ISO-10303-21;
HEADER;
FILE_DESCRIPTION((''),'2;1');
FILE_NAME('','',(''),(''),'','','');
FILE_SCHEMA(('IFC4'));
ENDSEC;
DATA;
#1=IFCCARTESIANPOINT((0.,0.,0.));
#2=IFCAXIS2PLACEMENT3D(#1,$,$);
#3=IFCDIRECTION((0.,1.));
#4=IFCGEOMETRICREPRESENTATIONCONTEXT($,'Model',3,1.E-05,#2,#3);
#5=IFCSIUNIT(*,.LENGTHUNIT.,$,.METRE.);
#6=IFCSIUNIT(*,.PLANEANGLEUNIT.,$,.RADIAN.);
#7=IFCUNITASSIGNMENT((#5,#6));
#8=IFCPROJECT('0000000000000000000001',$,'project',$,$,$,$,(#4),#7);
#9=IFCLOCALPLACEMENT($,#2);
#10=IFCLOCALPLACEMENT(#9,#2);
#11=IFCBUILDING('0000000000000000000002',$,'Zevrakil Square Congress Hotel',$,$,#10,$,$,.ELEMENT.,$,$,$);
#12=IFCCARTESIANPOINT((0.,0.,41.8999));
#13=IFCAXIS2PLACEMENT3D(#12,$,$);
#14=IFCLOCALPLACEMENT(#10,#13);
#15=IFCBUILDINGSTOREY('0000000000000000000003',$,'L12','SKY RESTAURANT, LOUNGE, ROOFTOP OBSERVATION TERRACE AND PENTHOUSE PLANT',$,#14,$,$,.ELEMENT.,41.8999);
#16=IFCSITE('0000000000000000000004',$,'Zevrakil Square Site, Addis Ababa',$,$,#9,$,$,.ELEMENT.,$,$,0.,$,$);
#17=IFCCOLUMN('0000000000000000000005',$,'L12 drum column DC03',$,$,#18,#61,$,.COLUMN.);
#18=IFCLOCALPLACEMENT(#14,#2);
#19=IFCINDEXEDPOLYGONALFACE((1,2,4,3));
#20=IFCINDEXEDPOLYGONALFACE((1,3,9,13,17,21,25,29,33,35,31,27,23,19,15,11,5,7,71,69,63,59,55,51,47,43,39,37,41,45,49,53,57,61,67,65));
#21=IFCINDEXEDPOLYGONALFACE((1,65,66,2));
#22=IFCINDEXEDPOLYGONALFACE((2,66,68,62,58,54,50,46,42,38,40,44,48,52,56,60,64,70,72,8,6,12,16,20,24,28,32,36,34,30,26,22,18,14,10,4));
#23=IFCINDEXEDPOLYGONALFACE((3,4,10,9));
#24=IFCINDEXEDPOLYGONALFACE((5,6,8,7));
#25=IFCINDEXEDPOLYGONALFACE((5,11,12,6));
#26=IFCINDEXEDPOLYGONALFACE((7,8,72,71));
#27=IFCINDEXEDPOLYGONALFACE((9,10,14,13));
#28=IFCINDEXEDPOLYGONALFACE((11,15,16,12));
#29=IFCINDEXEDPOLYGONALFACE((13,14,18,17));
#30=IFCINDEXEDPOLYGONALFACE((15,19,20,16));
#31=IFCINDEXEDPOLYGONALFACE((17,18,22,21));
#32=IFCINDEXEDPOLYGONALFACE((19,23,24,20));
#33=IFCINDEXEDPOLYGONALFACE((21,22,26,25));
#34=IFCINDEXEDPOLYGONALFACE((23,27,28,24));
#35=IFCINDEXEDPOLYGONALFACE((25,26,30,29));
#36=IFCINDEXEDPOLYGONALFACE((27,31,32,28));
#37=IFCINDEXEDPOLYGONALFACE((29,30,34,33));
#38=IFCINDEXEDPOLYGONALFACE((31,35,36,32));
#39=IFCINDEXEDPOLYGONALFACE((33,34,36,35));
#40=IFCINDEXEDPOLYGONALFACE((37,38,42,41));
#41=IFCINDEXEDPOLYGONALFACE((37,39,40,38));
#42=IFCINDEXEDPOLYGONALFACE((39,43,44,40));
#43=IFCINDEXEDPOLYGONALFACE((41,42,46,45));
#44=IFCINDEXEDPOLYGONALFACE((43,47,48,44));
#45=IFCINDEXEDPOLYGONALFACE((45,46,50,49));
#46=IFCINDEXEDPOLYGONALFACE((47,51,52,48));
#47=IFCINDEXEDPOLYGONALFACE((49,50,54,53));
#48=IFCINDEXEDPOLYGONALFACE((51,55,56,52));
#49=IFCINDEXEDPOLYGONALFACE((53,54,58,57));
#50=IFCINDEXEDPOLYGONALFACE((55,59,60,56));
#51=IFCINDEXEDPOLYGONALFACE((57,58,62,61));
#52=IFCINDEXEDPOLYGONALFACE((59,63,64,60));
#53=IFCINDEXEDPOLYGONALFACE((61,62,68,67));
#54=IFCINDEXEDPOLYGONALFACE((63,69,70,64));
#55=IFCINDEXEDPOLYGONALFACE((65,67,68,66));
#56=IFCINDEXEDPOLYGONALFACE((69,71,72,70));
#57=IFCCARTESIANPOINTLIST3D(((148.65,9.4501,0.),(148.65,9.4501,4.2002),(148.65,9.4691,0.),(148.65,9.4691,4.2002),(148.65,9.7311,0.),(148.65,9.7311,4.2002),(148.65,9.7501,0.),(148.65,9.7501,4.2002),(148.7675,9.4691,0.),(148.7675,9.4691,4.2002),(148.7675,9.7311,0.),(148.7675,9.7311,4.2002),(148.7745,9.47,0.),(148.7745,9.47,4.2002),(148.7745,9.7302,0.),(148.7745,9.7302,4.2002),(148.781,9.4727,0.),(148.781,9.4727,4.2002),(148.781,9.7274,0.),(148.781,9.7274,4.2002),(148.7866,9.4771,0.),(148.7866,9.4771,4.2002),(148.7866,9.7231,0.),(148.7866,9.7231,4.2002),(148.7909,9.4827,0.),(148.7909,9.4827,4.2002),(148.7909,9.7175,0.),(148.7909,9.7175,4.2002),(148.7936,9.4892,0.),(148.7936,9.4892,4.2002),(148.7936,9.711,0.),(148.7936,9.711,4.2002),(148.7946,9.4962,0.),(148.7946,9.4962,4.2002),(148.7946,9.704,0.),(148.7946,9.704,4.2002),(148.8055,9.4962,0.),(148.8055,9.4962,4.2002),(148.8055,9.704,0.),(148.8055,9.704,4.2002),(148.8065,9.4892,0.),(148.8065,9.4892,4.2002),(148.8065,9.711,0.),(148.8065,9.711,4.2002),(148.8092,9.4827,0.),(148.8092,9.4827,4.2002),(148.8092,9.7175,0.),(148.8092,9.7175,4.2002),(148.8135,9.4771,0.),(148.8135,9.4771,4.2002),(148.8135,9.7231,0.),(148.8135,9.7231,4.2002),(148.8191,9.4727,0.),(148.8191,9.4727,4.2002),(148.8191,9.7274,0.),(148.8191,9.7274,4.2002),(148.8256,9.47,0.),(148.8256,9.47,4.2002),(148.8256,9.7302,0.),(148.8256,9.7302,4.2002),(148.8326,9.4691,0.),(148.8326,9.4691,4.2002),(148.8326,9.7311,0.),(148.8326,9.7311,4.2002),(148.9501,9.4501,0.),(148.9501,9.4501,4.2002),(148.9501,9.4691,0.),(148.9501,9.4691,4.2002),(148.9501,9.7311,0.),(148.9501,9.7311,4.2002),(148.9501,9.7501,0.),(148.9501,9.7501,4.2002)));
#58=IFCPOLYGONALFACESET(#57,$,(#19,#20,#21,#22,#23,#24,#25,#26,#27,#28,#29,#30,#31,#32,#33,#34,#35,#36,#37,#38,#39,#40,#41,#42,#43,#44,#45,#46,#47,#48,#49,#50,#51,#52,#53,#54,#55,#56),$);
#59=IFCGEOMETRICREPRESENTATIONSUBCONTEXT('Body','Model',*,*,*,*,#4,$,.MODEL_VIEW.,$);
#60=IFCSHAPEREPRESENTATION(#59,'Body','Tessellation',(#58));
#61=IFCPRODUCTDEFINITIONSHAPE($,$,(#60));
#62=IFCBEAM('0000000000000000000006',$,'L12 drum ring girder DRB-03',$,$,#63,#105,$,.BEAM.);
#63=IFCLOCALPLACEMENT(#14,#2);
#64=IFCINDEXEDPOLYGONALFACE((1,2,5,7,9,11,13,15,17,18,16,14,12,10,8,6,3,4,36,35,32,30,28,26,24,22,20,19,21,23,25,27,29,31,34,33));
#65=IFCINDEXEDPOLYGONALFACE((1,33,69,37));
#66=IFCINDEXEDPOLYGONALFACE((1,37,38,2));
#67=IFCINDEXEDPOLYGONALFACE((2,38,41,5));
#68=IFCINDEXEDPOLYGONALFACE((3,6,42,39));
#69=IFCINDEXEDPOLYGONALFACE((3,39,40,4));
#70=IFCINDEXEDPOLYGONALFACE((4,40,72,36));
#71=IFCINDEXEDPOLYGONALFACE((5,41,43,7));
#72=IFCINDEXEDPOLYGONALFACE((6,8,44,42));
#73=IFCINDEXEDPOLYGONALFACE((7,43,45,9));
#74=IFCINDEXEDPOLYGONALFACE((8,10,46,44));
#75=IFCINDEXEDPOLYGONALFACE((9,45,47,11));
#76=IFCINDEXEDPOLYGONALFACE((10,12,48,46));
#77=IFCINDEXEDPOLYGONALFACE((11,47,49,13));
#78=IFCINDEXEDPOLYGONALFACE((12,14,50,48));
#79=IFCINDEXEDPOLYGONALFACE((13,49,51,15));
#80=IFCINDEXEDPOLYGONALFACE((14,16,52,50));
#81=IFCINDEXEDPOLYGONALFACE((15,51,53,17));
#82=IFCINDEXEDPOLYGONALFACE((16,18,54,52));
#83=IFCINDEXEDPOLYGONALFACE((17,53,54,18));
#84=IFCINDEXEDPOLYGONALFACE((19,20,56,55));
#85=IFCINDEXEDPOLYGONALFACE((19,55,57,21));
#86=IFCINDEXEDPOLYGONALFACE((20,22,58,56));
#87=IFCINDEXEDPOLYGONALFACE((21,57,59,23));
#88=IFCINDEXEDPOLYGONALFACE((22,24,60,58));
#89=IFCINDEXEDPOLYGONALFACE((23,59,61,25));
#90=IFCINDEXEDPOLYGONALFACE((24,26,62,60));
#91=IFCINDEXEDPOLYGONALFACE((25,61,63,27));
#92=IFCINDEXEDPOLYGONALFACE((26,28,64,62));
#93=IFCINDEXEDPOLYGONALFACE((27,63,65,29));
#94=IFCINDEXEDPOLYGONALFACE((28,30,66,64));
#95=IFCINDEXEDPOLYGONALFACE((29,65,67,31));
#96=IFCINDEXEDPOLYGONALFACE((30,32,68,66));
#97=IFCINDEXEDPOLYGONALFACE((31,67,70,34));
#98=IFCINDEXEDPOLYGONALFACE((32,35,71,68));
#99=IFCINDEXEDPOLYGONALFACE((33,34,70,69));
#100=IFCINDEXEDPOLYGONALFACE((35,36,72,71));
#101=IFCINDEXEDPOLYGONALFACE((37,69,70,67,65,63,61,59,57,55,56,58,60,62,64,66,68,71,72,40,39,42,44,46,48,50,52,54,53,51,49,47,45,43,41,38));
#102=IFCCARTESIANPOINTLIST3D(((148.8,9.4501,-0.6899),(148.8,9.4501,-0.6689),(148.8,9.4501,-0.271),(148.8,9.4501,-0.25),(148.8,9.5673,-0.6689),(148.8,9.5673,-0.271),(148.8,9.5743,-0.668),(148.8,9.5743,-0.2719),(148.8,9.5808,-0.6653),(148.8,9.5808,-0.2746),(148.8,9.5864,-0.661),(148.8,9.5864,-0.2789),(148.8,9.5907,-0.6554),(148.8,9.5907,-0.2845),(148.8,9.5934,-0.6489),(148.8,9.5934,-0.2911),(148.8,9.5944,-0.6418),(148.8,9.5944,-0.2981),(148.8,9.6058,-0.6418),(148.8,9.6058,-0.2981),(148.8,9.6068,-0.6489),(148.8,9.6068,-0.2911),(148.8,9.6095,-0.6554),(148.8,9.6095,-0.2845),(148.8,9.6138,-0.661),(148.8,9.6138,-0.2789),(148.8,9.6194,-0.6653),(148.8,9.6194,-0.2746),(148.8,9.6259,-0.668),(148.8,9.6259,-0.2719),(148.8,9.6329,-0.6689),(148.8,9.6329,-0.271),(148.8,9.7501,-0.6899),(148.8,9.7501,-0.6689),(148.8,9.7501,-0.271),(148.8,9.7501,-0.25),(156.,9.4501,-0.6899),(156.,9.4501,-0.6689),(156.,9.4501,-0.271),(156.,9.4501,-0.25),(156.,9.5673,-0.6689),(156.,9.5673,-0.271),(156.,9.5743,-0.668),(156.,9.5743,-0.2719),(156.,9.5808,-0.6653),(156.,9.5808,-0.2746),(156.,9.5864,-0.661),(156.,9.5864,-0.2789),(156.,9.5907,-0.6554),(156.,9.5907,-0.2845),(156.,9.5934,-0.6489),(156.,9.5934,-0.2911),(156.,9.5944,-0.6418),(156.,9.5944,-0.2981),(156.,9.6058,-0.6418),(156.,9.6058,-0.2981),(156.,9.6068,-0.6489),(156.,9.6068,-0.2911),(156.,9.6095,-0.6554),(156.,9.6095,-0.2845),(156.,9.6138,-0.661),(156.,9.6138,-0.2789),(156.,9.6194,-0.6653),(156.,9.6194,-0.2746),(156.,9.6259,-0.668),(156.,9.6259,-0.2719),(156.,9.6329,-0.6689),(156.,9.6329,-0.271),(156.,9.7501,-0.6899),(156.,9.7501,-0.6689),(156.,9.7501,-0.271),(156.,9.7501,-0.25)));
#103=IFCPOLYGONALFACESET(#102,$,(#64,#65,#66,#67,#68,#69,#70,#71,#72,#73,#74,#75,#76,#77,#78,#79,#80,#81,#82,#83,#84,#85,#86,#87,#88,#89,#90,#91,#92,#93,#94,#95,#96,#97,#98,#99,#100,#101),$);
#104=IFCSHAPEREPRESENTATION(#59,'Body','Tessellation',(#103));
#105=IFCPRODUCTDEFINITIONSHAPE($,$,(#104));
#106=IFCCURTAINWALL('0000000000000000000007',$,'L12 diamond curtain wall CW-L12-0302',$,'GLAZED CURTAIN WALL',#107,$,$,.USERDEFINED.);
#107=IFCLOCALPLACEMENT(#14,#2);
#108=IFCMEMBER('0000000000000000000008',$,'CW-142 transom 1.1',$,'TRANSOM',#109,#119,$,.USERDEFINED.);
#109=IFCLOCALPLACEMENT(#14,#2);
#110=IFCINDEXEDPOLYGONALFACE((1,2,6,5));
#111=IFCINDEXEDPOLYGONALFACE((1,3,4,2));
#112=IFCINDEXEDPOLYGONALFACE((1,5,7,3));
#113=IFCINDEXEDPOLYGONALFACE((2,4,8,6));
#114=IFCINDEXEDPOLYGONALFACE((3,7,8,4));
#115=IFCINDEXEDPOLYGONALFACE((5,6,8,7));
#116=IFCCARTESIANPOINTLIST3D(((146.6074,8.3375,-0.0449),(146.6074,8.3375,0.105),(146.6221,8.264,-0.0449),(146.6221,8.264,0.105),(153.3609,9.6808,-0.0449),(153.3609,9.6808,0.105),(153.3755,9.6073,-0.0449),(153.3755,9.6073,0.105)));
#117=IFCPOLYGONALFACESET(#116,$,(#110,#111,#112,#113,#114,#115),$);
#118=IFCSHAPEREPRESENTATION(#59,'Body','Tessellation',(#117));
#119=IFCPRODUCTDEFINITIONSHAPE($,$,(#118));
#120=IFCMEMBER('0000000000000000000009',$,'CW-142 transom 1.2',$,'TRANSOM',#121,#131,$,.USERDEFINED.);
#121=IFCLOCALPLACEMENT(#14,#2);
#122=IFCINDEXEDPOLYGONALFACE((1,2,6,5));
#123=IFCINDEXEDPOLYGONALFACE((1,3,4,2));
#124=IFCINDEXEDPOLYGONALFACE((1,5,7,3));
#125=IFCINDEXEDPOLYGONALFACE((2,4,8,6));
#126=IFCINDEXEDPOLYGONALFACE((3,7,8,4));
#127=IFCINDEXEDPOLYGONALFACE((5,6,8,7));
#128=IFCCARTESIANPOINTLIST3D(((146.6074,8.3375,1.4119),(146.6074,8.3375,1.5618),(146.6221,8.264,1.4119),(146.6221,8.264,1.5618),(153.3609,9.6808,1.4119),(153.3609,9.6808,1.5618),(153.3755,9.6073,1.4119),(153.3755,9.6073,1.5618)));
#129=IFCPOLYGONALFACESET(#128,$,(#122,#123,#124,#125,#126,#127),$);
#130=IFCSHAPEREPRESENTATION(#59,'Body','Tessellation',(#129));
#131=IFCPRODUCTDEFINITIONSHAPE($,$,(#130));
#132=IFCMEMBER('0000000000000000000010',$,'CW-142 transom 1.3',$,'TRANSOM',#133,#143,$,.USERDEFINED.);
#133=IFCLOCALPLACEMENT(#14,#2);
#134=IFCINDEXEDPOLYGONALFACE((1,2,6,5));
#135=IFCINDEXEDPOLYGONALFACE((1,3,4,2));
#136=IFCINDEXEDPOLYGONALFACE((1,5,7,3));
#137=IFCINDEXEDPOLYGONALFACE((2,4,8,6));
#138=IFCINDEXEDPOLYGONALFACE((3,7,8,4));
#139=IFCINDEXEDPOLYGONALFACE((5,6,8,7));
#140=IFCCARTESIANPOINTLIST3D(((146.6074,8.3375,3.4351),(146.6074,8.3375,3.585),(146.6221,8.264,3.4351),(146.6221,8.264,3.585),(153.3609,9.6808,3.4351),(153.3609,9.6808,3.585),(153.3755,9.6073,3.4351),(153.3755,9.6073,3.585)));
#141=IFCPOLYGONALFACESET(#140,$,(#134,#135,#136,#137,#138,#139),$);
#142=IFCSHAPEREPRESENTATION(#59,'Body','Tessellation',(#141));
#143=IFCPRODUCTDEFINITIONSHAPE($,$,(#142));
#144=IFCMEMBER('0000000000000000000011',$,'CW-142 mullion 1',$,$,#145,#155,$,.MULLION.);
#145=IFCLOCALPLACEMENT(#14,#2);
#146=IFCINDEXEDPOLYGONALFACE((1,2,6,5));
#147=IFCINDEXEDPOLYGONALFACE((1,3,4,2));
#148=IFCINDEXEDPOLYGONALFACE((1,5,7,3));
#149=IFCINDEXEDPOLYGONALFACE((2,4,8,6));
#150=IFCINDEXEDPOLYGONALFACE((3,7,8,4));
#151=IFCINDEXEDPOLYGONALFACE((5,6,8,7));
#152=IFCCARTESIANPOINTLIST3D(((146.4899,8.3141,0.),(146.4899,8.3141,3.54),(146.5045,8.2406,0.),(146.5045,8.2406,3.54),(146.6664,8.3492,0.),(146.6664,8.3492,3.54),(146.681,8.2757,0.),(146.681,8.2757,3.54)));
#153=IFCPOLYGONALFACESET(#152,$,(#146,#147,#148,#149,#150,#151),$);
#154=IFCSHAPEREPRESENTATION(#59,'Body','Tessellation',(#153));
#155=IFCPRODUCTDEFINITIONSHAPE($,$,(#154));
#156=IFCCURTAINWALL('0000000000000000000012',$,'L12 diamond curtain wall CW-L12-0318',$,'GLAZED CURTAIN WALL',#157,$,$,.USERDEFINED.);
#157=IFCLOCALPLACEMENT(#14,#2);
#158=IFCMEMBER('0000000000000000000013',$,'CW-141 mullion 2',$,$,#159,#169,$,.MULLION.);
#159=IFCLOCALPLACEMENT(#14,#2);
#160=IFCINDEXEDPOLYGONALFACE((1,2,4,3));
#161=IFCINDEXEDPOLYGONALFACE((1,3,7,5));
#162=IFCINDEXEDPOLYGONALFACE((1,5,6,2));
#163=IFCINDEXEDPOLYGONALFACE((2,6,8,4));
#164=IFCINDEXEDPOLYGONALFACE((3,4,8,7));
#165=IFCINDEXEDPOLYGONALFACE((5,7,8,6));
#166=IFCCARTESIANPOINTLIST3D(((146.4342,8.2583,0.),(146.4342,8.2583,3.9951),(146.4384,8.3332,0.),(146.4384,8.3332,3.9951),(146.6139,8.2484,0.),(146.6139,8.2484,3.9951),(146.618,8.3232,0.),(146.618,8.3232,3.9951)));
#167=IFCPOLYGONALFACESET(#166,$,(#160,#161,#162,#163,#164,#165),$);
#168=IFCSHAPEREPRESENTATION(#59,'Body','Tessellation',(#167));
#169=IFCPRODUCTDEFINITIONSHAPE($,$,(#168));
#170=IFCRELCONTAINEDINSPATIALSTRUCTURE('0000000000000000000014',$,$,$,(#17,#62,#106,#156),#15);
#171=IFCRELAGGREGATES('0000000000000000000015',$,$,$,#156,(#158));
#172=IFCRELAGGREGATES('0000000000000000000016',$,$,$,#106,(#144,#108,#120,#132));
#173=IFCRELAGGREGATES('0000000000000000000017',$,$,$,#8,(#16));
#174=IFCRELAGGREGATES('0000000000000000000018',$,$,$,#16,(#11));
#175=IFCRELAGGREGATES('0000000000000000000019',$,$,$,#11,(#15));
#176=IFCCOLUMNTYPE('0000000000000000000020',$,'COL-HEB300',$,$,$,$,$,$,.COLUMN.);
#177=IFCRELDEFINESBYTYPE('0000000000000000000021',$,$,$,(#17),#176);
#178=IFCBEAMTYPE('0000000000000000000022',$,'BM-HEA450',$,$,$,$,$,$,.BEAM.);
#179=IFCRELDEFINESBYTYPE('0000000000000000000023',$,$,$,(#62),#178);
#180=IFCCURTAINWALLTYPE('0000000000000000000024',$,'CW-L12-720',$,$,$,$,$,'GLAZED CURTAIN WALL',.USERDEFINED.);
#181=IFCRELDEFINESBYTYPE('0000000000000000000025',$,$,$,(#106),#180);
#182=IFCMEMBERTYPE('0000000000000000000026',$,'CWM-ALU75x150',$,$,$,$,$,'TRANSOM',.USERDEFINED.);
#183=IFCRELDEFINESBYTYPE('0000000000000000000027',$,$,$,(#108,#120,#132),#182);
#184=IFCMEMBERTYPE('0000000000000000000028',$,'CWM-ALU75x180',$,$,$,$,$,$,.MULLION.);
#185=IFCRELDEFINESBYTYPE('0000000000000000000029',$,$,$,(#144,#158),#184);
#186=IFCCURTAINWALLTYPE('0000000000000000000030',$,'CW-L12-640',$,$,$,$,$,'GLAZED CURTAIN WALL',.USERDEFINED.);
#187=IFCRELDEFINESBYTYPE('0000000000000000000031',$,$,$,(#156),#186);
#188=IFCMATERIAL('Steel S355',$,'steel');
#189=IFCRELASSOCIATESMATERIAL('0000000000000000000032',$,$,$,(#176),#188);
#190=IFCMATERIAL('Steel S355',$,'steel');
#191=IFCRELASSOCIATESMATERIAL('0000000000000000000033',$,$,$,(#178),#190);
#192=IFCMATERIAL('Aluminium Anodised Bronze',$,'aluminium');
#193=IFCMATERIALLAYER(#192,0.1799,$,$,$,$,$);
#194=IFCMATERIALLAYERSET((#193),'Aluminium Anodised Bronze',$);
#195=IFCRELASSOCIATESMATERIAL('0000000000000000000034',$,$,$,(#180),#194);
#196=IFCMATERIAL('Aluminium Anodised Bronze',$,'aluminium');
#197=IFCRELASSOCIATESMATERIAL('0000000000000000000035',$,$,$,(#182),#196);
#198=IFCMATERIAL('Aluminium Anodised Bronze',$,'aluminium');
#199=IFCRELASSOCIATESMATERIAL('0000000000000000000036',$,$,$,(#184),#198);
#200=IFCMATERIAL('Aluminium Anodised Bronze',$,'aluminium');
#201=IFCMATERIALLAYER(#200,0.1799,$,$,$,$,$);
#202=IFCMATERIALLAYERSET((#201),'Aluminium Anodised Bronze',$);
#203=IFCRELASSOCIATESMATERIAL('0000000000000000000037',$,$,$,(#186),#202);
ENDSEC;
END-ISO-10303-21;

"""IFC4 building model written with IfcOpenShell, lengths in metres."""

from ifc_helpers import new_model, si_unit, direction, frame, origin, origin_2d, place, context, subcontext, project, spatial, rectangle, i_section, extrude, material, layer, layer_set, material_profile, profile_set, type_object, element, aggregate, save


model = new_model("IFC4")

# Units and contexts
model_context = context("Model", 3, precision=1e-05, world=origin(), true_north=direction((0.0, 1.0)))
body_context = subcontext(model_context, "Body", "Model", "MODEL_VIEW")
ifc_project = project(units=[si_unit("LENGTHUNIT", "METRE"), si_unit("PLANEANGLEUNIT", "RADIAN")], contexts=[model_context])

# Site, building, storey
site_placement = place(None, origin())
site = spatial("IfcSite", under=ifc_project, at=site_placement, Name="Zevrakil Square Site, Addis Ababa", CompositionType="ELEMENT", RefElevation=0.0)
building_placement = place(site_placement, origin())
building = spatial("IfcBuilding", under=site, at=building_placement, Name="Zevrakil Square Congress Hotel", CompositionType="ELEMENT")
storey_placement = place(building_placement, frame((0.0, 0.0, 41.8999)))
storey = spatial("IfcBuildingStorey", under=building, at=storey_placement, Name="L12", Description="SKY RESTAURANT, LOUNGE, ROOFTOP OBSERVATION TERRACE AND PENTHOUSE PLANT", CompositionType="ELEMENT", Elevation=41.8999)

# Column
ifc_material_1 = material(Name="Steel S355", Category="steel")
ifc_material_profile_1 = material_profile(ifc_material_1, i_section(OverallWidth=0.3, OverallDepth=0.3, WebThickness=0.011, FlangeThickness=0.019, FilletRadius=0.0271, at=origin_2d()), Name="HEB 300")
ifc_profile_set_1 = profile_set([ifc_material_profile_1], Name="Steel S355")
column_type = type_object("IfcColumnType", Name="COL-HEB300", PredefinedType="COLUMN", material=ifc_profile_set_1)
column_placement = place(storey_placement, frame((148.8, 9.6001, 0.0), z_axis=(0.0, 0.0, 1.0), x_axis=(1.0, 0.0, 0.0)))
element("IfcColumn", 1, at=column_placement, inside=storey, type_object=column_type, Name="L12 drum column DC03", PredefinedType="COLUMN", context=body_context, shape_type="SweptSolid", body=[
    extrude(i_section(OverallWidth=0.3, OverallDepth=0.3, WebThickness=0.011, FlangeThickness=0.019, FilletRadius=0.0271, at=origin_2d()), origin(), (0.0, 0.0, 1.0), 4.2002),
])

# Beam
ifc_material_2 = material(Name="Steel S355", Category="steel")
ifc_material_profile_2 = material_profile(ifc_material_2, i_section(OverallWidth=0.3, OverallDepth=0.4399, WebThickness=0.0115, FlangeThickness=0.021, FilletRadius=0.0271, at=origin_2d()), Name="HEA 450")
ifc_profile_set_2 = profile_set([ifc_material_profile_2], Name="Steel S355")
beam_type_1 = type_object("IfcBeamType", Name="BM-HEA450", PredefinedType="BEAM", material=ifc_profile_set_2)
beam_1_placement = place(storey_placement, frame((148.8, 9.6001, -0.47), z_axis=(1.0, 0.0, 0.0), x_axis=(0.0, 1.0, 0.0)))
element("IfcBeam", 2, at=beam_1_placement, inside=storey, type_object=beam_type_1, Name="L12 drum ring girder DRB-03", PredefinedType="BEAM", context=body_context, shape_type="SweptSolid", body=[
    extrude(i_section(OverallWidth=0.3, OverallDepth=0.4399, WebThickness=0.0115, FlangeThickness=0.021, FilletRadius=0.0271, at=origin_2d()), origin(), (0.0, 0.0, 1.0), 7.2),
])

# Curtain wall, members
ifc_material_3 = material(Name="Aluminium Anodised Bronze", Category="aluminium")
ifc_layer_1 = layer(ifc_material_3, 0.1799)
ifc_layer_set_1 = layer_set([ifc_layer_1], Name="Aluminium Anodised Bronze")
curtain_wall_type_1 = type_object("IfcCurtainWallType", Name="CW-L12-720", ElementType="GLAZED CURTAIN WALL", PredefinedType="USERDEFINED", material=ifc_layer_set_1)
curtain_wall_1_placement = place(storey_placement, origin())
curtain_wall_1 = element("IfcCurtainWall", 3, at=curtain_wall_1_placement, inside=storey, type_object=curtain_wall_type_1, Name="L12 diamond curtain wall CW-L12-0302", ObjectType="GLAZED CURTAIN WALL", PredefinedType="USERDEFINED")
ifc_material_4 = material(Name="Aluminium Anodised Bronze", Category="aluminium")
ifc_material_profile_3 = material_profile(ifc_material_4, rectangle(XDim=0.075, YDim=0.1499, at=origin_2d()), Name="ALU 75x150")
ifc_profile_set_3 = profile_set([ifc_material_profile_3], Name="Aluminium Anodised Bronze")
member_type_1 = type_object("IfcMemberType", Name="CWM-ALU75x150", ElementType="TRANSOM", PredefinedType="USERDEFINED", material=ifc_profile_set_3)
member_1_placement = place(storey_placement, frame((146.6147, 8.3008, 0.03), z_axis=(0.980787, 0.19508, 0.0), x_axis=(-0.19508, 0.980787, 0.0)))
member_1 = element("IfcMember", 4, at=member_1_placement, type_object=member_type_1, Name="CW-142 transom 1.1", ObjectType="TRANSOM", PredefinedType="USERDEFINED", context=body_context, shape_type="SweptSolid", body=[
    extrude(rectangle(XDim=0.075, YDim=0.1499, at=origin_2d()), origin(), (0.0, 0.0, 1.0), 6.8857),
])
member_2_placement = place(storey_placement, frame((146.6147, 8.3008, 1.4868), z_axis=(0.980787, 0.19508, 0.0), x_axis=(-0.19508, 0.980787, 0.0)))
member_2 = element("IfcMember", 5, at=member_2_placement, type_object=member_type_1, Name="CW-142 transom 1.2", ObjectType="TRANSOM", PredefinedType="USERDEFINED", context=body_context, shape_type="SweptSolid", body=[
    extrude(rectangle(XDim=0.075, YDim=0.1499, at=origin_2d()), origin(), (0.0, 0.0, 1.0), 6.8857),
])
member_3_placement = place(storey_placement, frame((146.6147, 8.3008, 3.51), z_axis=(0.980787, 0.19508, 0.0), x_axis=(-0.19508, 0.980787, 0.0)))
member_3 = element("IfcMember", 6, at=member_3_placement, type_object=member_type_1, Name="CW-142 transom 1.3", ObjectType="TRANSOM", PredefinedType="USERDEFINED", context=body_context, shape_type="SweptSolid", body=[
    extrude(rectangle(XDim=0.075, YDim=0.1499, at=origin_2d()), origin(), (0.0, 0.0, 1.0), 6.8857),
])
ifc_material_5 = material(Name="Aluminium Anodised Bronze", Category="aluminium")
ifc_material_profile_4 = material_profile(ifc_material_5, rectangle(XDim=0.075, YDim=0.1799, at=origin_2d()), Name="ALU 75x180")
ifc_profile_set_4 = profile_set([ifc_material_profile_4], Name="Aluminium Anodised Bronze")
member_type_2 = type_object("IfcMemberType", Name="CWM-ALU75x180", PredefinedType="MULLION", material=ifc_profile_set_4)
member_4_placement = place(storey_placement, frame((146.5854, 8.2949, 0.0), z_axis=(0.0, 0.0, 1.0), x_axis=(-0.195084, 0.980787, 0.0)))
member_4 = element("IfcMember", 7, at=member_4_placement, type_object=member_type_2, Name="CW-142 mullion 1", PredefinedType="MULLION", context=body_context, shape_type="SweptSolid", body=[
    extrude(rectangle(XDim=0.075, YDim=0.1799, at=origin_2d()), origin(), (0.0, 0.0, 1.0), 3.54),
])

# Curtain wall, member
ifc_material_6 = material(Name="Aluminium Anodised Bronze", Category="aluminium")
ifc_layer_2 = layer(ifc_material_6, 0.1799)
ifc_layer_set_2 = layer_set([ifc_layer_2], Name="Aluminium Anodised Bronze")
curtain_wall_type_2 = type_object("IfcCurtainWallType", Name="CW-L12-640", ElementType="GLAZED CURTAIN WALL", PredefinedType="USERDEFINED", material=ifc_layer_set_2)
curtain_wall_2_placement = place(storey_placement, origin())
curtain_wall_2 = element("IfcCurtainWall", 8, at=curtain_wall_2_placement, inside=storey, type_object=curtain_wall_type_2, Name="L12 diamond curtain wall CW-L12-0318", ObjectType="GLAZED CURTAIN WALL", PredefinedType="USERDEFINED")
member_5_placement = place(storey_placement, frame((146.5261, 8.2908, 0.0), z_axis=(0.0, 0.0, 1.0), x_axis=(0.055427, 0.998463, 0.0)))
member_5 = element("IfcMember", 9, at=member_5_placement, type_object=member_type_2, Name="CW-141 mullion 2", PredefinedType="MULLION", context=body_context, shape_type="SweptSolid", body=[
    extrude(rectangle(XDim=0.075, YDim=0.1799, at=origin_2d()), origin(), (0.0, 0.0, 1.0), 3.9951),
])
aggregate(curtain_wall_2, [member_5])

aggregate(curtain_wall_1, [member_4, member_1, member_2, member_3])

save(model, "model.ifc")
